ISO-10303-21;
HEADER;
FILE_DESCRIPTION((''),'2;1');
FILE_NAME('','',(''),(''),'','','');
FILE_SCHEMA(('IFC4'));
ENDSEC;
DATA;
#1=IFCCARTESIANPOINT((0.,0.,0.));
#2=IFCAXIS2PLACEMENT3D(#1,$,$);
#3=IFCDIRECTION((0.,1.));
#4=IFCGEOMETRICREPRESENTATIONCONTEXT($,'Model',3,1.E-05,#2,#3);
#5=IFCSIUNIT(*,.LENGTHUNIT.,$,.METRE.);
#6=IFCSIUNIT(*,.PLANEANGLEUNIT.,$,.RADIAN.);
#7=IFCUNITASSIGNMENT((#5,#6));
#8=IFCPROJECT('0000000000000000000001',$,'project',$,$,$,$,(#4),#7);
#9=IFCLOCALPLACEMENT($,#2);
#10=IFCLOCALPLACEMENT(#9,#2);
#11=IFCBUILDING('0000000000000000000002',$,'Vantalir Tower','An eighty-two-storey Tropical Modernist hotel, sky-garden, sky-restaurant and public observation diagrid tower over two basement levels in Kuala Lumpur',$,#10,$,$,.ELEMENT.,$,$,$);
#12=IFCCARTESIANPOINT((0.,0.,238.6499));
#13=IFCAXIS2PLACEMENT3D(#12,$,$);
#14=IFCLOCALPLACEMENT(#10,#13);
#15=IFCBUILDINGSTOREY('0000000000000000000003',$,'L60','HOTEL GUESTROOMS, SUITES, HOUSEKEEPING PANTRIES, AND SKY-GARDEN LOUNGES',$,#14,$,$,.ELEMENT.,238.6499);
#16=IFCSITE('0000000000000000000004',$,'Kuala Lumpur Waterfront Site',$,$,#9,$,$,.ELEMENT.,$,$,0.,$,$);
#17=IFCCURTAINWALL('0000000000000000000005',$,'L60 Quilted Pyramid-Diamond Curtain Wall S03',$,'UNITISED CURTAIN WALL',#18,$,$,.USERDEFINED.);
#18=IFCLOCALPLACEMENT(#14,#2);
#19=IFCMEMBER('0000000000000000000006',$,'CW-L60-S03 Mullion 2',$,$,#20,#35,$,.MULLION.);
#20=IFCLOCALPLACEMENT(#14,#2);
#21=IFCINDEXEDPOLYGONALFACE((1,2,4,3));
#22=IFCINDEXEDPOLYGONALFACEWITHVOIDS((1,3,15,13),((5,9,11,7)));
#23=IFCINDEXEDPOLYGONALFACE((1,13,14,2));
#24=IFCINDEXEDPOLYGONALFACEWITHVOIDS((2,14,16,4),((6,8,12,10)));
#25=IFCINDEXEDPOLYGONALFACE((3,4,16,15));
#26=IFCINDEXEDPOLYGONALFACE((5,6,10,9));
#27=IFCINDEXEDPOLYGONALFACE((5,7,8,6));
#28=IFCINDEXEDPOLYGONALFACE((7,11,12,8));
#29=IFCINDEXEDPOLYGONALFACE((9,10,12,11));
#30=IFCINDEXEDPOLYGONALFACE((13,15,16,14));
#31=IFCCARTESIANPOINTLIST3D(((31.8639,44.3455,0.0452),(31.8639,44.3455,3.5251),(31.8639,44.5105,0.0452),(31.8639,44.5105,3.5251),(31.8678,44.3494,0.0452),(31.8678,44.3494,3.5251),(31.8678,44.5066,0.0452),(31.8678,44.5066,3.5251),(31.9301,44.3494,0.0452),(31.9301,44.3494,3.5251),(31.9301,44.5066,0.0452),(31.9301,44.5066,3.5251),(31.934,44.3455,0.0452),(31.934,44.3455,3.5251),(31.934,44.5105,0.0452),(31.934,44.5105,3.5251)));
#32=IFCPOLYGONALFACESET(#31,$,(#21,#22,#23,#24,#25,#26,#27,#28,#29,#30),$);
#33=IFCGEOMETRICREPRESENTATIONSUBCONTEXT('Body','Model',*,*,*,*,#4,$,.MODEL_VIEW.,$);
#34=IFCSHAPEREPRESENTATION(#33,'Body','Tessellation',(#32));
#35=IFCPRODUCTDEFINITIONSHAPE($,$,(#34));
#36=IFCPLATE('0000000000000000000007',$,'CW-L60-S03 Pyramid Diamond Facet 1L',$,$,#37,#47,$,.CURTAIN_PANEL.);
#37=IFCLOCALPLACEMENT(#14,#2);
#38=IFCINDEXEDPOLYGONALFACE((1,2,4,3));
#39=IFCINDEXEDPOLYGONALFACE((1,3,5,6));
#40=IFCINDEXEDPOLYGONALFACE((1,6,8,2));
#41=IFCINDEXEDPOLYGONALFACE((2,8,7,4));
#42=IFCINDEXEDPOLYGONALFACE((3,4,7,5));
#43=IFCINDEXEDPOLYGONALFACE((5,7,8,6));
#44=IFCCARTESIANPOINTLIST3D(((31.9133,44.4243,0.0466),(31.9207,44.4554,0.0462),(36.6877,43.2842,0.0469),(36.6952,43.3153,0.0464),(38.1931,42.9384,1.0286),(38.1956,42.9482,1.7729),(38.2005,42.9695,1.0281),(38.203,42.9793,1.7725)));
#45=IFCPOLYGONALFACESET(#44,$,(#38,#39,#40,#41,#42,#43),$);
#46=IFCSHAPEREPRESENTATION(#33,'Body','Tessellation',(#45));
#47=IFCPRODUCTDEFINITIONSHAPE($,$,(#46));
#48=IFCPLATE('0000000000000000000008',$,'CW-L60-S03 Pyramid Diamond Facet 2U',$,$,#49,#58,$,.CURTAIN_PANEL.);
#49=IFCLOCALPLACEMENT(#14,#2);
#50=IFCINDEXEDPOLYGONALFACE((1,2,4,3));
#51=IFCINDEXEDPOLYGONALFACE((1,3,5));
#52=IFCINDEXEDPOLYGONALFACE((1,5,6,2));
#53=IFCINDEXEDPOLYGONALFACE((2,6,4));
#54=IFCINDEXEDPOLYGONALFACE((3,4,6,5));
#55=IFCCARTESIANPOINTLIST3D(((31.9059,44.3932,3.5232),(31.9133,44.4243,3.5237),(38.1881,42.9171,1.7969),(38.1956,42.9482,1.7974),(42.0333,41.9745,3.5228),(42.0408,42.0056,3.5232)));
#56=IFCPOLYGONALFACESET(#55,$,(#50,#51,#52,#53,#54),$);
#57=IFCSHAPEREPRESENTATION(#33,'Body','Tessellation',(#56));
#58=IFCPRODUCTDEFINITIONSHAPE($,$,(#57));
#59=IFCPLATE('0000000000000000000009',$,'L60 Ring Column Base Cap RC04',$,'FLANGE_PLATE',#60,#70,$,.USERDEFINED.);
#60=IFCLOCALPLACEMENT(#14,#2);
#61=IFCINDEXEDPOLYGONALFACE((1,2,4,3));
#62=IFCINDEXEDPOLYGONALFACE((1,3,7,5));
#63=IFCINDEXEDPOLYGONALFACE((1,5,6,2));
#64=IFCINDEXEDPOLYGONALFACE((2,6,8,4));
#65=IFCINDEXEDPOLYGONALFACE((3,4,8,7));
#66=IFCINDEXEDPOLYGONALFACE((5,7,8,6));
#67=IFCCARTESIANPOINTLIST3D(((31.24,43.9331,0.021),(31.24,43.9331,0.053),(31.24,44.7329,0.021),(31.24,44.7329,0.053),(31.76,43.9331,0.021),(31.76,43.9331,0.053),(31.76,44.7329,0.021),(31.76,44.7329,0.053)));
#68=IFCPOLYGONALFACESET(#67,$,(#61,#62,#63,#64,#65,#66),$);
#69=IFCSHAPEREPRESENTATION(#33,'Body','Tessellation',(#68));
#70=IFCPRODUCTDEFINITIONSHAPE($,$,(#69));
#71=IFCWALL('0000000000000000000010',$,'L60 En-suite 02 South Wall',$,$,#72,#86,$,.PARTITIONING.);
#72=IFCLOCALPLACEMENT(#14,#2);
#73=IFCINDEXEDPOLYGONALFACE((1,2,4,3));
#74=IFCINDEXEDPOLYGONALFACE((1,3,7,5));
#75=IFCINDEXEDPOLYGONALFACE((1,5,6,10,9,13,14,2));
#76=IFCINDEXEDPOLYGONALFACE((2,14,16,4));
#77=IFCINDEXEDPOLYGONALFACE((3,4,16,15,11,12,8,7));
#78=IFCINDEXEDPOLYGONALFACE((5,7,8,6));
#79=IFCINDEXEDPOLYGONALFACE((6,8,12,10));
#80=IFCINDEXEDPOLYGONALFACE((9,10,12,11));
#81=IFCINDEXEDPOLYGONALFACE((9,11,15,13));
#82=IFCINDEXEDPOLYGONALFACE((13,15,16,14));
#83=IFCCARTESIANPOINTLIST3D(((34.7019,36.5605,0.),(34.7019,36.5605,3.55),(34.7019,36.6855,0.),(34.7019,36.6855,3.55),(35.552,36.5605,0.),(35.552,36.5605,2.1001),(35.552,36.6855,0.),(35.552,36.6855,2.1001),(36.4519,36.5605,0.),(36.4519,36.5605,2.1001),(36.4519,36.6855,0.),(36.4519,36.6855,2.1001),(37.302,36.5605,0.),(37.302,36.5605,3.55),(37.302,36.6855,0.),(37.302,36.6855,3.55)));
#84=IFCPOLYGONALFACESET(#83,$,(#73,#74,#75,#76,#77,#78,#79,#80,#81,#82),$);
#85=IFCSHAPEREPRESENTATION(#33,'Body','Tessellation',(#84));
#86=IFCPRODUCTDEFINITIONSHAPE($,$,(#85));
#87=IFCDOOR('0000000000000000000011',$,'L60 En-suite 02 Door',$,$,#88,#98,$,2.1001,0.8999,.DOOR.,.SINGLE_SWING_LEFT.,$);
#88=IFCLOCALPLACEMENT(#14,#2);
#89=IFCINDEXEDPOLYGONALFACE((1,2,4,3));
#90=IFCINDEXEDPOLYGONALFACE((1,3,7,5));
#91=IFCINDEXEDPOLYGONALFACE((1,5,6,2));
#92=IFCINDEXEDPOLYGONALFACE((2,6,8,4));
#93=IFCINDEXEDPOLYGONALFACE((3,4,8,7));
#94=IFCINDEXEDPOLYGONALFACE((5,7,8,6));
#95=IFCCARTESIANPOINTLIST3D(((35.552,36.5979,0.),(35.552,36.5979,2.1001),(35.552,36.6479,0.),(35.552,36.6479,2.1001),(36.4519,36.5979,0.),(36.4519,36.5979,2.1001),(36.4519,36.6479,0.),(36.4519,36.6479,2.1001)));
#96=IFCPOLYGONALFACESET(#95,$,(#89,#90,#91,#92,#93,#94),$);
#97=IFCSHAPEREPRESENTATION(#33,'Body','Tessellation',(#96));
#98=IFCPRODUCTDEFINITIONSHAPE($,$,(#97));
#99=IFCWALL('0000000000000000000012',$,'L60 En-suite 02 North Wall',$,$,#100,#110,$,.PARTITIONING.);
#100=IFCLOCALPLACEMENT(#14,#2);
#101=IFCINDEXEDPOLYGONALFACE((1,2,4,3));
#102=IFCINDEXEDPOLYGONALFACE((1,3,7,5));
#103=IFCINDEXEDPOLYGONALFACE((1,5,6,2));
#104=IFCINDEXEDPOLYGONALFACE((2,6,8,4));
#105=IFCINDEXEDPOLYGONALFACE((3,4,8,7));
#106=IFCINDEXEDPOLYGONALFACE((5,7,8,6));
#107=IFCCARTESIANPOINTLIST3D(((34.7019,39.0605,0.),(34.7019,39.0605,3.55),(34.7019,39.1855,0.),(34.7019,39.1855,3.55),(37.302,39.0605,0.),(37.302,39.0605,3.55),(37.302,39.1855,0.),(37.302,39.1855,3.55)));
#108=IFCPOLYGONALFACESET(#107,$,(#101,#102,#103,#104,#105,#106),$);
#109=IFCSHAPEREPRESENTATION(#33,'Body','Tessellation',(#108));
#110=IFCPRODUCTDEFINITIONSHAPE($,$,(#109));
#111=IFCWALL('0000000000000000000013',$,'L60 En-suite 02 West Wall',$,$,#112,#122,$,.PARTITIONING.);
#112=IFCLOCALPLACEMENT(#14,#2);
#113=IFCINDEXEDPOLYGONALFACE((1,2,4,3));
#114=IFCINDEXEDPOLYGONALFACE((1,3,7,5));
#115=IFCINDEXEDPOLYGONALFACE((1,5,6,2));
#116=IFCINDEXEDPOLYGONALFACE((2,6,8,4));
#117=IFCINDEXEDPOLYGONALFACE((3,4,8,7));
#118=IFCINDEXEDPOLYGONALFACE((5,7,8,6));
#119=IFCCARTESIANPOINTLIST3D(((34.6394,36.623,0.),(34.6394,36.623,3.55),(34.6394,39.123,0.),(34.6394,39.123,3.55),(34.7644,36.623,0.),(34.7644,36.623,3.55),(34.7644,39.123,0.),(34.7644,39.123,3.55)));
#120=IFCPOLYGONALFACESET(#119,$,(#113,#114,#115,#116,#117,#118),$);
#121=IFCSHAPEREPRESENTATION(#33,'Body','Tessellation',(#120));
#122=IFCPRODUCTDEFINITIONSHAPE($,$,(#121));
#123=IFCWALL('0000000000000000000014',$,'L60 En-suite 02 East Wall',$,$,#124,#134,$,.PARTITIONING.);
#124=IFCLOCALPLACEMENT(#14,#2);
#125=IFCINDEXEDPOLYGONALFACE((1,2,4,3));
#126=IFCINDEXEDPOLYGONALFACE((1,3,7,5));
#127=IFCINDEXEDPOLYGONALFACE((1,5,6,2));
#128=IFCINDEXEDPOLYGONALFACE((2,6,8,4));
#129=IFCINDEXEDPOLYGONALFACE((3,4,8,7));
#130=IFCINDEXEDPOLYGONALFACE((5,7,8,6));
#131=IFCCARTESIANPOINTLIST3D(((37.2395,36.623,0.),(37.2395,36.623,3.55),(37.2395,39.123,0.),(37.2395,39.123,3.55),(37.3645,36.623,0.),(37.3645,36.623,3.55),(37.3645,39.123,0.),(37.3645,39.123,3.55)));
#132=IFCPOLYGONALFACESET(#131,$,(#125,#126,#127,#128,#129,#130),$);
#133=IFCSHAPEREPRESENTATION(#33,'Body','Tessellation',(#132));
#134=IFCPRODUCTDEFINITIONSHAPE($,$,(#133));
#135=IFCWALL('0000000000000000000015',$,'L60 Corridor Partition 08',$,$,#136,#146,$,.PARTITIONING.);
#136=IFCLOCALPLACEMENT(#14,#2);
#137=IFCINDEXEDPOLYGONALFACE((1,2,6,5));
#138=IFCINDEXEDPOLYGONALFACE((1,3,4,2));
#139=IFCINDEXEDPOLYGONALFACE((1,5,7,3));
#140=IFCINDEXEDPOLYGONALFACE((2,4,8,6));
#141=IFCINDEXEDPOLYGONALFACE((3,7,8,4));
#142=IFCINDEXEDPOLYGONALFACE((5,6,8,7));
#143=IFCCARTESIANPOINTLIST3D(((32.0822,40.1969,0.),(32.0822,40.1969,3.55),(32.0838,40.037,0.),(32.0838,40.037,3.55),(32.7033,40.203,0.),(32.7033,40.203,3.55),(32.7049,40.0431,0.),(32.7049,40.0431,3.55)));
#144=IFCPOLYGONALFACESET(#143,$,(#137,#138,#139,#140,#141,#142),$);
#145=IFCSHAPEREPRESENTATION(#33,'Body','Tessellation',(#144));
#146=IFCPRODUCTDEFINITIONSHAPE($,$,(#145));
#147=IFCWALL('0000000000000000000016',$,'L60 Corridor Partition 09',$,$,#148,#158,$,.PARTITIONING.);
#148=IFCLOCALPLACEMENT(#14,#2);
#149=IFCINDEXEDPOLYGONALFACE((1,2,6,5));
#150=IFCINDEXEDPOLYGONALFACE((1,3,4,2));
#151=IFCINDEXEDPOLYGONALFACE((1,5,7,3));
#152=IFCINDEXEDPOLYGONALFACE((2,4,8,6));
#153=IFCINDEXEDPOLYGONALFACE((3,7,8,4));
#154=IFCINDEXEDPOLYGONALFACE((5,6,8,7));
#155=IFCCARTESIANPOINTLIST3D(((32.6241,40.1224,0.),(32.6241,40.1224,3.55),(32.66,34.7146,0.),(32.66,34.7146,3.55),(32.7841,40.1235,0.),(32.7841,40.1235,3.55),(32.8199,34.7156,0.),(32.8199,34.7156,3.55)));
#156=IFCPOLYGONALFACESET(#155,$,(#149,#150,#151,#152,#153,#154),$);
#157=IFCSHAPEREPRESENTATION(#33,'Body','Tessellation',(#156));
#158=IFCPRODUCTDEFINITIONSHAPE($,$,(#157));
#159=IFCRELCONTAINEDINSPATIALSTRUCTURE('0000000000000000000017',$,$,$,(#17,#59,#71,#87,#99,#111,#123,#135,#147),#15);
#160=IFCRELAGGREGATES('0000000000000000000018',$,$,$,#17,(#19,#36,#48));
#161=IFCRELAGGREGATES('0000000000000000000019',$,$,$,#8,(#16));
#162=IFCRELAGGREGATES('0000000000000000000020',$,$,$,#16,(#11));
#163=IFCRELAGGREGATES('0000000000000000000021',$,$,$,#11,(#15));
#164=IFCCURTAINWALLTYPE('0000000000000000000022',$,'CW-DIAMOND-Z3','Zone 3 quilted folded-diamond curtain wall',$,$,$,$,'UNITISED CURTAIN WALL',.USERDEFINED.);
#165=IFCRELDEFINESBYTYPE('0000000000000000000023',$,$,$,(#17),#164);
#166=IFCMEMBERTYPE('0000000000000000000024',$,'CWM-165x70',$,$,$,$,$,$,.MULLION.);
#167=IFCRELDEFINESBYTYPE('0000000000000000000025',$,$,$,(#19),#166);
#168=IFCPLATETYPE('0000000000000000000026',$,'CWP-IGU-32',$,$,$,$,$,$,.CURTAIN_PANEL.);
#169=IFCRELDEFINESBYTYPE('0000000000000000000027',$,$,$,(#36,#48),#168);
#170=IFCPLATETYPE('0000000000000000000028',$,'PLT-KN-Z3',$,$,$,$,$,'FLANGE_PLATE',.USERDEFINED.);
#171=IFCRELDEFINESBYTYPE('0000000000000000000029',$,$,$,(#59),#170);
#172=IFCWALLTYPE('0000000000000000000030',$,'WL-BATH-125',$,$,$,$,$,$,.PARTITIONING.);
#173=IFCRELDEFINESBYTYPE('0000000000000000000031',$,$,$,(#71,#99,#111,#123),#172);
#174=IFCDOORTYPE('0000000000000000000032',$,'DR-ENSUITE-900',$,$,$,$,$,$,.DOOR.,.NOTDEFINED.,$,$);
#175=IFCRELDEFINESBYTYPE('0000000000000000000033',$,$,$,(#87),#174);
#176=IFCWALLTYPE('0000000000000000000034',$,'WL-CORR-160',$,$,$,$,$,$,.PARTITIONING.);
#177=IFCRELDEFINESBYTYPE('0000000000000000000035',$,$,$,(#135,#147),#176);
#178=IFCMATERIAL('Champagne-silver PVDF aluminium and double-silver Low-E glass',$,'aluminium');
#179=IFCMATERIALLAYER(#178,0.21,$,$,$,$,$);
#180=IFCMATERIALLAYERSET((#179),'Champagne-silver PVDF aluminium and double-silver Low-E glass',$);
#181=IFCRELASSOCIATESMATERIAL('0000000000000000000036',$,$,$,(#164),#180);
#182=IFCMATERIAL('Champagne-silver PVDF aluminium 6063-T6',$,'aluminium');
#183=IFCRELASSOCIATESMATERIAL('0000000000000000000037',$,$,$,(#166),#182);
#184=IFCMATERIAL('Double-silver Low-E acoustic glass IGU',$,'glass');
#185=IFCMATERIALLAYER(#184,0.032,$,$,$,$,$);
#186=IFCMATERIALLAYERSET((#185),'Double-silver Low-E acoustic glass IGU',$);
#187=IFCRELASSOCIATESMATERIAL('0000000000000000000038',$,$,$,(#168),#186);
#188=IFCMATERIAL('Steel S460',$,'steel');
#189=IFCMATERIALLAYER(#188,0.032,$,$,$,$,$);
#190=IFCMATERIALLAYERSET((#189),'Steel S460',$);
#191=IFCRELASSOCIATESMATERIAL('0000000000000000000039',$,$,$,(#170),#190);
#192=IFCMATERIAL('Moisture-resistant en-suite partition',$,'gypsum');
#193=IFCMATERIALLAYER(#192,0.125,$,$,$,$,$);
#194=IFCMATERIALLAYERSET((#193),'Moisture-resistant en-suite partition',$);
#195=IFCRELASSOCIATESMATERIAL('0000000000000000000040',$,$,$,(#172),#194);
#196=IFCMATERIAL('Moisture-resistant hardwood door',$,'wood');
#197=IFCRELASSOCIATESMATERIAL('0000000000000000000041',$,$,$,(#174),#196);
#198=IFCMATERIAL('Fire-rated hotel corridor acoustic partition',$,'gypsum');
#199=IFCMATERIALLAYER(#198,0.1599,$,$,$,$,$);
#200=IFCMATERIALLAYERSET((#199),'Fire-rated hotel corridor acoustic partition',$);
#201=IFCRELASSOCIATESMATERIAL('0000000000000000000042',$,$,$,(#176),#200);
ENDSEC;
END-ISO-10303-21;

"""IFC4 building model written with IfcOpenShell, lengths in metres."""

from ifc_helpers import new_model, si_unit, direction, frame, frame_2d, origin, origin_2d, place, context, subcontext, project, spatial, polyline, rectangle, hollow_rectangle, outline, extrude, material, layer, layer_set, material_profile, profile_set, type_object, element, fill, aggregate, save


model = new_model("IFC4")

# Units and contexts
model_context = context("Model", 3, precision=1e-05, world=origin(), true_north=direction((0.0, 1.0)))
body_context = subcontext(model_context, "Body", "Model", "MODEL_VIEW")
ifc_project = project(units=[si_unit("LENGTHUNIT", "METRE"), si_unit("PLANEANGLEUNIT", "RADIAN")], contexts=[model_context])

# Site, building, storey
site_placement = place(None, origin())
site = spatial("IfcSite", under=ifc_project, at=site_placement, Name="Kuala Lumpur Waterfront Site", CompositionType="ELEMENT", RefElevation=0.0)
building_placement = place(site_placement, origin())
building = spatial("IfcBuilding", under=site, at=building_placement, Name="Vantalir Tower", Description="An eighty-two-storey Tropical Modernist hotel, sky-garden, sky-restaurant and public observation diagrid tower over two basement levels in Kuala Lumpur", CompositionType="ELEMENT")
storey_placement = place(building_placement, frame((0.0, 0.0, 238.6499)))
storey = spatial("IfcBuildingStorey", under=building, at=storey_placement, Name="L60", Description="HOTEL GUESTROOMS, SUITES, HOUSEKEEPING PANTRIES, AND SKY-GARDEN LOUNGES", CompositionType="ELEMENT", Elevation=238.6499)

# Shared definitions
ifc_material_1 = material(Name="Steel S460", Category="steel")

# Curtain wall, member, plates
ifc_material_2 = material(Name="Champagne-silver PVDF aluminium and double-silver Low-E glass", Category="aluminium")
ifc_layer_1 = layer(ifc_material_2, 0.21)
ifc_layer_set_1 = layer_set([ifc_layer_1], Name="Champagne-silver PVDF aluminium and double-silver Low-E glass")
curtain_wall_type = type_object("IfcCurtainWallType", Name="CW-DIAMOND-Z3", Description="Zone 3 quilted folded-diamond curtain wall", ElementType="UNITISED CURTAIN WALL", PredefinedType="USERDEFINED", material=ifc_layer_set_1)
curtain_wall_placement = place(storey_placement, origin())
curtain_wall = element("IfcCurtainWall", 1, at=curtain_wall_placement, inside=storey, type_object=curtain_wall_type, Name="L60 Quilted Pyramid-Diamond Curtain Wall S03", ObjectType="UNITISED CURTAIN WALL", PredefinedType="USERDEFINED")
ifc_material_3 = material(Name="Champagne-silver PVDF aluminium 6063-T6", Category="aluminium")
ifc_material_profile_1 = material_profile(ifc_material_3, hollow_rectangle(XDim=0.0701, YDim=0.165, WallThickness=0.0039, at=origin_2d()), Name="Champagne-silver PVDF aluminium 6063-T6")
ifc_profile_set_1 = profile_set([ifc_material_profile_1], Name="Champagne-silver PVDF aluminium 6063-T6")
member_type = type_object("IfcMemberType", Name="CWM-165x70", PredefinedType="MULLION", material=ifc_profile_set_1)
member_placement = place(storey_placement, frame((31.8989, 44.428, 0.0452), z_axis=(0.0, 0.0, 1.0), x_axis=(1.0, 0.0, 0.0)))
member = element("IfcMember", 2, at=member_placement, type_object=member_type, Name="CW-L60-S03 Mullion 2", PredefinedType="MULLION", context=body_context, shape_type="SweptSolid", body=[
    extrude(hollow_rectangle(XDim=0.0701, YDim=0.165, WallThickness=0.0039, at=origin_2d()), origin(), (0.0, 0.0, 1.0), 3.48),
])
ifc_material_4 = material(Name="Double-silver Low-E acoustic glass IGU", Category="glass")
ifc_layer_2 = layer(ifc_material_4, 0.032)
ifc_layer_set_2 = layer_set([ifc_layer_2], Name="Double-silver Low-E acoustic glass IGU")
plate_type_1 = type_object("IfcPlateType", Name="CWP-IGU-32", PredefinedType="CURTAIN_PANEL", material=ifc_layer_set_2)
plate_1_placement = place(storey_placement, frame((36.6877, 43.2842, 0.0469), z_axis=(-0.23224, -0.972564, 0.013588), x_axis=(-0.972654, 0.232261, -0.00005)))
plate_1 = element("IfcPlate", 3, at=plate_1_placement, type_object=plate_type_1, Name="CW-L60-S03 Pyramid Diamond Facet 1L", PredefinedType="CURTAIN_PANEL", context=body_context, shape_type="SweptSolid", body=[
    extrude(outline(polyline([(0.0, 0.0), (4.9087, 0.0), (-1.5447, -1.7262), (-1.5445, -0.9817), (0.0, 0.0)])), origin(), (0.0, 0.0, -1.0), 0.032),
])
plate_2_placement = place(storey_placement, frame((31.9133, 44.4243, 3.5237), z_axis=(0.232272, 0.972554, 0.013685), x_axis=(0.972646, -0.232294, -0.000047)))
plate_2 = element("IfcPlate", 4, at=plate_2_placement, type_object=plate_type_1, Name="CW-L60-S03 Pyramid Diamond Facet 2U", PredefinedType="CURTAIN_PANEL", context=body_context, shape_type="SweptSolid", body=[
    extrude(outline(polyline([(0.0, 0.0), (10.4123, 0.0), (6.4533, 1.7262), (0.0, 0.0)])), origin(), (0.0, 0.0, -1.0), 0.032),
])
aggregate(curtain_wall, [member, plate_1, plate_2])

# Plate
ifc_layer_3 = layer(ifc_material_1, 0.032)
ifc_layer_set_3 = layer_set([ifc_layer_3], Name="Steel S460")
plate_type_2 = type_object("IfcPlateType", Name="PLT-KN-Z3", ElementType="FLANGE_PLATE", PredefinedType="USERDEFINED", material=ifc_layer_set_3)
plate_3_placement = place(storey_placement, frame((31.24, 44.7329, 0.053), z_axis=(0.0, 0.0, 1.0), x_axis=(0.0, -1.0, 0.0)))
element("IfcPlate", 5, at=plate_3_placement, inside=storey, type_object=plate_type_2, Name="L60 Ring Column Base Cap RC04", ObjectType="FLANGE_PLATE", PredefinedType="USERDEFINED", context=body_context, shape_type="SweptSolid", body=[
    extrude(outline(polyline([(0.0, 0.0), (0.7998, 0.0), (0.7998, 0.52), (0.0, 0.52), (0.0, 0.0)])), origin(), (0.0, 0.0, -1.0), 0.032),
])

# Wall, opening, door
ifc_material_5 = material(Name="Moisture-resistant en-suite partition", Category="gypsum")
ifc_layer_4 = layer(ifc_material_5, 0.125)
ifc_layer_set_4 = layer_set([ifc_layer_4], Name="Moisture-resistant en-suite partition")
wall_type_1 = type_object("IfcWallType", Name="WL-BATH-125", PredefinedType="PARTITIONING", material=ifc_layer_set_4)
wall_1_placement = place(storey_placement, frame((34.7019, 36.623, 0.0), z_axis=(0.0, 0.0, 1.0), x_axis=(1.0, 0.0, 0.0)))
wall_1 = element("IfcWall", 6, at=wall_1_placement, inside=storey, type_object=wall_type_1, Name="L60 En-suite 02 South Wall", PredefinedType="PARTITIONING", context=body_context, shape_type="SweptSolid", body=[
    extrude(rectangle(XDim=2.6001, YDim=0.125, at=frame_2d((1.3, 0.0))), origin(), (0.0, 0.0, 1.0), 3.55),
])
opening_1_placement = place(wall_1_placement, frame((0.8501, 0.0, 0.0)))
opening_1 = element("IfcOpeningElement", 7, at=opening_1_placement, cuts=wall_1, PredefinedType="OPENING", context=body_context, shape_type="SweptSolid", body=[
    extrude(rectangle(XDim=0.8999, YDim=2.1001, at=frame_2d((0.45, 1.05))), frame((0.0, 0.0725, 0.0), z_axis=(0.0, -1.0, 0.0), x_axis=(1.0, 0.0, 0.0)), (0.0, 0.0, 1.0), 0.145),
])
ifc_material_6 = material(Name="Moisture-resistant hardwood door", Category="wood")
door_type_1 = type_object("IfcDoorType", Name="DR-ENSUITE-900", OperationType="NOTDEFINED", PredefinedType="DOOR", material=ifc_material_6)
door_1_placement = place(opening_1_placement, origin())
door_1 = element("IfcDoor", 8, at=door_1_placement, inside=storey, type_object=door_type_1, Name="L60 En-suite 02 Door", OperationType="SINGLE_SWING_LEFT", OverallHeight=2.1001, OverallWidth=0.8999, PredefinedType="DOOR", context=body_context, shape_type="SweptSolid", body=[
    extrude(rectangle(XDim=0.8999, YDim=2.1001, at=frame_2d((0.45, 1.05))), frame((0.0, 0.0249, 0.0), z_axis=(0.0, -1.0, 0.0), x_axis=(1.0, 0.0, 0.0)), (0.0, 0.0, 1.0), 0.05),
])
fill(opening_1, door_1)

# Walls
wall_2_placement = place(storey_placement, frame((34.7019, 39.123, 0.0), z_axis=(0.0, 0.0, 1.0), x_axis=(1.0, 0.0, 0.0)))
element("IfcWall", 9, at=wall_2_placement, inside=storey, type_object=wall_type_1, Name="L60 En-suite 02 North Wall", PredefinedType="PARTITIONING", context=body_context, shape_type="SweptSolid", body=[
    extrude(rectangle(XDim=2.6001, YDim=0.125, at=frame_2d((1.3, 0.0))), origin(), (0.0, 0.0, 1.0), 3.55),
])
for number, where, z_axis, x_axis, name in (
    (10, (34.7019, 36.623, 0.0), (0.0, 0.0, 1.0), (0.0, 1.0, 0.0), "L60 En-suite 02 West Wall"),
    (11, (37.302, 36.623, 0.0), (0.0, 0.0, 1.0), (0.0, 1.0, 0.0), "L60 En-suite 02 East Wall"),
):
    element("IfcWall", number, at=place(storey_placement, frame(where, z_axis=z_axis, x_axis=x_axis)), inside=storey, type_object=wall_type_1, Name=name, PredefinedType="PARTITIONING", context=body_context, shape_type="SweptSolid", body=[
        extrude(rectangle(XDim=2.5, YDim=0.125, at=frame_2d((1.25, 0.0))), origin(), (0.0, 0.0, 1.0), 3.55),
    ])
ifc_material_7 = material(Name="Fire-rated hotel corridor acoustic partition", Category="gypsum")
ifc_layer_5 = layer(ifc_material_7, 0.1599)
ifc_layer_set_5 = layer_set([ifc_layer_5], Name="Fire-rated hotel corridor acoustic partition")
wall_type_2 = type_object("IfcWallType", Name="WL-CORR-160", PredefinedType="PARTITIONING", material=ifc_layer_set_5)
wall_3_placement = place(storey_placement, frame((32.083, 40.1169, 0.0), z_axis=(0.0, 0.0, 1.0), x_axis=(0.999952, 0.009827, 0.0)))
element("IfcWall", 12, at=wall_3_placement, inside=storey, type_object=wall_type_2, Name="L60 Corridor Partition 08", PredefinedType="PARTITIONING", context=body_context, shape_type="SweptSolid", body=[
    extrude(rectangle(XDim=0.6211, YDim=0.1599, at=frame_2d((0.3105, 0.0))), origin(), (0.0, 0.0, 1.0), 3.55),
])
wall_4_placement = place(storey_placement, frame((32.7041, 40.123, 0.0), z_axis=(0.0, 0.0, 1.0), x_axis=(0.006636, -0.999978, 0.0)))
element("IfcWall", 13, at=wall_4_placement, inside=storey, type_object=wall_type_2, Name="L60 Corridor Partition 09", PredefinedType="PARTITIONING", context=body_context, shape_type="SweptSolid", body=[
    extrude(rectangle(XDim=5.408, YDim=0.1599, at=frame_2d((2.7041, 0.0))), origin(), (0.0, 0.0, 1.0), 3.55),
])

save(model, "model.ifc")
